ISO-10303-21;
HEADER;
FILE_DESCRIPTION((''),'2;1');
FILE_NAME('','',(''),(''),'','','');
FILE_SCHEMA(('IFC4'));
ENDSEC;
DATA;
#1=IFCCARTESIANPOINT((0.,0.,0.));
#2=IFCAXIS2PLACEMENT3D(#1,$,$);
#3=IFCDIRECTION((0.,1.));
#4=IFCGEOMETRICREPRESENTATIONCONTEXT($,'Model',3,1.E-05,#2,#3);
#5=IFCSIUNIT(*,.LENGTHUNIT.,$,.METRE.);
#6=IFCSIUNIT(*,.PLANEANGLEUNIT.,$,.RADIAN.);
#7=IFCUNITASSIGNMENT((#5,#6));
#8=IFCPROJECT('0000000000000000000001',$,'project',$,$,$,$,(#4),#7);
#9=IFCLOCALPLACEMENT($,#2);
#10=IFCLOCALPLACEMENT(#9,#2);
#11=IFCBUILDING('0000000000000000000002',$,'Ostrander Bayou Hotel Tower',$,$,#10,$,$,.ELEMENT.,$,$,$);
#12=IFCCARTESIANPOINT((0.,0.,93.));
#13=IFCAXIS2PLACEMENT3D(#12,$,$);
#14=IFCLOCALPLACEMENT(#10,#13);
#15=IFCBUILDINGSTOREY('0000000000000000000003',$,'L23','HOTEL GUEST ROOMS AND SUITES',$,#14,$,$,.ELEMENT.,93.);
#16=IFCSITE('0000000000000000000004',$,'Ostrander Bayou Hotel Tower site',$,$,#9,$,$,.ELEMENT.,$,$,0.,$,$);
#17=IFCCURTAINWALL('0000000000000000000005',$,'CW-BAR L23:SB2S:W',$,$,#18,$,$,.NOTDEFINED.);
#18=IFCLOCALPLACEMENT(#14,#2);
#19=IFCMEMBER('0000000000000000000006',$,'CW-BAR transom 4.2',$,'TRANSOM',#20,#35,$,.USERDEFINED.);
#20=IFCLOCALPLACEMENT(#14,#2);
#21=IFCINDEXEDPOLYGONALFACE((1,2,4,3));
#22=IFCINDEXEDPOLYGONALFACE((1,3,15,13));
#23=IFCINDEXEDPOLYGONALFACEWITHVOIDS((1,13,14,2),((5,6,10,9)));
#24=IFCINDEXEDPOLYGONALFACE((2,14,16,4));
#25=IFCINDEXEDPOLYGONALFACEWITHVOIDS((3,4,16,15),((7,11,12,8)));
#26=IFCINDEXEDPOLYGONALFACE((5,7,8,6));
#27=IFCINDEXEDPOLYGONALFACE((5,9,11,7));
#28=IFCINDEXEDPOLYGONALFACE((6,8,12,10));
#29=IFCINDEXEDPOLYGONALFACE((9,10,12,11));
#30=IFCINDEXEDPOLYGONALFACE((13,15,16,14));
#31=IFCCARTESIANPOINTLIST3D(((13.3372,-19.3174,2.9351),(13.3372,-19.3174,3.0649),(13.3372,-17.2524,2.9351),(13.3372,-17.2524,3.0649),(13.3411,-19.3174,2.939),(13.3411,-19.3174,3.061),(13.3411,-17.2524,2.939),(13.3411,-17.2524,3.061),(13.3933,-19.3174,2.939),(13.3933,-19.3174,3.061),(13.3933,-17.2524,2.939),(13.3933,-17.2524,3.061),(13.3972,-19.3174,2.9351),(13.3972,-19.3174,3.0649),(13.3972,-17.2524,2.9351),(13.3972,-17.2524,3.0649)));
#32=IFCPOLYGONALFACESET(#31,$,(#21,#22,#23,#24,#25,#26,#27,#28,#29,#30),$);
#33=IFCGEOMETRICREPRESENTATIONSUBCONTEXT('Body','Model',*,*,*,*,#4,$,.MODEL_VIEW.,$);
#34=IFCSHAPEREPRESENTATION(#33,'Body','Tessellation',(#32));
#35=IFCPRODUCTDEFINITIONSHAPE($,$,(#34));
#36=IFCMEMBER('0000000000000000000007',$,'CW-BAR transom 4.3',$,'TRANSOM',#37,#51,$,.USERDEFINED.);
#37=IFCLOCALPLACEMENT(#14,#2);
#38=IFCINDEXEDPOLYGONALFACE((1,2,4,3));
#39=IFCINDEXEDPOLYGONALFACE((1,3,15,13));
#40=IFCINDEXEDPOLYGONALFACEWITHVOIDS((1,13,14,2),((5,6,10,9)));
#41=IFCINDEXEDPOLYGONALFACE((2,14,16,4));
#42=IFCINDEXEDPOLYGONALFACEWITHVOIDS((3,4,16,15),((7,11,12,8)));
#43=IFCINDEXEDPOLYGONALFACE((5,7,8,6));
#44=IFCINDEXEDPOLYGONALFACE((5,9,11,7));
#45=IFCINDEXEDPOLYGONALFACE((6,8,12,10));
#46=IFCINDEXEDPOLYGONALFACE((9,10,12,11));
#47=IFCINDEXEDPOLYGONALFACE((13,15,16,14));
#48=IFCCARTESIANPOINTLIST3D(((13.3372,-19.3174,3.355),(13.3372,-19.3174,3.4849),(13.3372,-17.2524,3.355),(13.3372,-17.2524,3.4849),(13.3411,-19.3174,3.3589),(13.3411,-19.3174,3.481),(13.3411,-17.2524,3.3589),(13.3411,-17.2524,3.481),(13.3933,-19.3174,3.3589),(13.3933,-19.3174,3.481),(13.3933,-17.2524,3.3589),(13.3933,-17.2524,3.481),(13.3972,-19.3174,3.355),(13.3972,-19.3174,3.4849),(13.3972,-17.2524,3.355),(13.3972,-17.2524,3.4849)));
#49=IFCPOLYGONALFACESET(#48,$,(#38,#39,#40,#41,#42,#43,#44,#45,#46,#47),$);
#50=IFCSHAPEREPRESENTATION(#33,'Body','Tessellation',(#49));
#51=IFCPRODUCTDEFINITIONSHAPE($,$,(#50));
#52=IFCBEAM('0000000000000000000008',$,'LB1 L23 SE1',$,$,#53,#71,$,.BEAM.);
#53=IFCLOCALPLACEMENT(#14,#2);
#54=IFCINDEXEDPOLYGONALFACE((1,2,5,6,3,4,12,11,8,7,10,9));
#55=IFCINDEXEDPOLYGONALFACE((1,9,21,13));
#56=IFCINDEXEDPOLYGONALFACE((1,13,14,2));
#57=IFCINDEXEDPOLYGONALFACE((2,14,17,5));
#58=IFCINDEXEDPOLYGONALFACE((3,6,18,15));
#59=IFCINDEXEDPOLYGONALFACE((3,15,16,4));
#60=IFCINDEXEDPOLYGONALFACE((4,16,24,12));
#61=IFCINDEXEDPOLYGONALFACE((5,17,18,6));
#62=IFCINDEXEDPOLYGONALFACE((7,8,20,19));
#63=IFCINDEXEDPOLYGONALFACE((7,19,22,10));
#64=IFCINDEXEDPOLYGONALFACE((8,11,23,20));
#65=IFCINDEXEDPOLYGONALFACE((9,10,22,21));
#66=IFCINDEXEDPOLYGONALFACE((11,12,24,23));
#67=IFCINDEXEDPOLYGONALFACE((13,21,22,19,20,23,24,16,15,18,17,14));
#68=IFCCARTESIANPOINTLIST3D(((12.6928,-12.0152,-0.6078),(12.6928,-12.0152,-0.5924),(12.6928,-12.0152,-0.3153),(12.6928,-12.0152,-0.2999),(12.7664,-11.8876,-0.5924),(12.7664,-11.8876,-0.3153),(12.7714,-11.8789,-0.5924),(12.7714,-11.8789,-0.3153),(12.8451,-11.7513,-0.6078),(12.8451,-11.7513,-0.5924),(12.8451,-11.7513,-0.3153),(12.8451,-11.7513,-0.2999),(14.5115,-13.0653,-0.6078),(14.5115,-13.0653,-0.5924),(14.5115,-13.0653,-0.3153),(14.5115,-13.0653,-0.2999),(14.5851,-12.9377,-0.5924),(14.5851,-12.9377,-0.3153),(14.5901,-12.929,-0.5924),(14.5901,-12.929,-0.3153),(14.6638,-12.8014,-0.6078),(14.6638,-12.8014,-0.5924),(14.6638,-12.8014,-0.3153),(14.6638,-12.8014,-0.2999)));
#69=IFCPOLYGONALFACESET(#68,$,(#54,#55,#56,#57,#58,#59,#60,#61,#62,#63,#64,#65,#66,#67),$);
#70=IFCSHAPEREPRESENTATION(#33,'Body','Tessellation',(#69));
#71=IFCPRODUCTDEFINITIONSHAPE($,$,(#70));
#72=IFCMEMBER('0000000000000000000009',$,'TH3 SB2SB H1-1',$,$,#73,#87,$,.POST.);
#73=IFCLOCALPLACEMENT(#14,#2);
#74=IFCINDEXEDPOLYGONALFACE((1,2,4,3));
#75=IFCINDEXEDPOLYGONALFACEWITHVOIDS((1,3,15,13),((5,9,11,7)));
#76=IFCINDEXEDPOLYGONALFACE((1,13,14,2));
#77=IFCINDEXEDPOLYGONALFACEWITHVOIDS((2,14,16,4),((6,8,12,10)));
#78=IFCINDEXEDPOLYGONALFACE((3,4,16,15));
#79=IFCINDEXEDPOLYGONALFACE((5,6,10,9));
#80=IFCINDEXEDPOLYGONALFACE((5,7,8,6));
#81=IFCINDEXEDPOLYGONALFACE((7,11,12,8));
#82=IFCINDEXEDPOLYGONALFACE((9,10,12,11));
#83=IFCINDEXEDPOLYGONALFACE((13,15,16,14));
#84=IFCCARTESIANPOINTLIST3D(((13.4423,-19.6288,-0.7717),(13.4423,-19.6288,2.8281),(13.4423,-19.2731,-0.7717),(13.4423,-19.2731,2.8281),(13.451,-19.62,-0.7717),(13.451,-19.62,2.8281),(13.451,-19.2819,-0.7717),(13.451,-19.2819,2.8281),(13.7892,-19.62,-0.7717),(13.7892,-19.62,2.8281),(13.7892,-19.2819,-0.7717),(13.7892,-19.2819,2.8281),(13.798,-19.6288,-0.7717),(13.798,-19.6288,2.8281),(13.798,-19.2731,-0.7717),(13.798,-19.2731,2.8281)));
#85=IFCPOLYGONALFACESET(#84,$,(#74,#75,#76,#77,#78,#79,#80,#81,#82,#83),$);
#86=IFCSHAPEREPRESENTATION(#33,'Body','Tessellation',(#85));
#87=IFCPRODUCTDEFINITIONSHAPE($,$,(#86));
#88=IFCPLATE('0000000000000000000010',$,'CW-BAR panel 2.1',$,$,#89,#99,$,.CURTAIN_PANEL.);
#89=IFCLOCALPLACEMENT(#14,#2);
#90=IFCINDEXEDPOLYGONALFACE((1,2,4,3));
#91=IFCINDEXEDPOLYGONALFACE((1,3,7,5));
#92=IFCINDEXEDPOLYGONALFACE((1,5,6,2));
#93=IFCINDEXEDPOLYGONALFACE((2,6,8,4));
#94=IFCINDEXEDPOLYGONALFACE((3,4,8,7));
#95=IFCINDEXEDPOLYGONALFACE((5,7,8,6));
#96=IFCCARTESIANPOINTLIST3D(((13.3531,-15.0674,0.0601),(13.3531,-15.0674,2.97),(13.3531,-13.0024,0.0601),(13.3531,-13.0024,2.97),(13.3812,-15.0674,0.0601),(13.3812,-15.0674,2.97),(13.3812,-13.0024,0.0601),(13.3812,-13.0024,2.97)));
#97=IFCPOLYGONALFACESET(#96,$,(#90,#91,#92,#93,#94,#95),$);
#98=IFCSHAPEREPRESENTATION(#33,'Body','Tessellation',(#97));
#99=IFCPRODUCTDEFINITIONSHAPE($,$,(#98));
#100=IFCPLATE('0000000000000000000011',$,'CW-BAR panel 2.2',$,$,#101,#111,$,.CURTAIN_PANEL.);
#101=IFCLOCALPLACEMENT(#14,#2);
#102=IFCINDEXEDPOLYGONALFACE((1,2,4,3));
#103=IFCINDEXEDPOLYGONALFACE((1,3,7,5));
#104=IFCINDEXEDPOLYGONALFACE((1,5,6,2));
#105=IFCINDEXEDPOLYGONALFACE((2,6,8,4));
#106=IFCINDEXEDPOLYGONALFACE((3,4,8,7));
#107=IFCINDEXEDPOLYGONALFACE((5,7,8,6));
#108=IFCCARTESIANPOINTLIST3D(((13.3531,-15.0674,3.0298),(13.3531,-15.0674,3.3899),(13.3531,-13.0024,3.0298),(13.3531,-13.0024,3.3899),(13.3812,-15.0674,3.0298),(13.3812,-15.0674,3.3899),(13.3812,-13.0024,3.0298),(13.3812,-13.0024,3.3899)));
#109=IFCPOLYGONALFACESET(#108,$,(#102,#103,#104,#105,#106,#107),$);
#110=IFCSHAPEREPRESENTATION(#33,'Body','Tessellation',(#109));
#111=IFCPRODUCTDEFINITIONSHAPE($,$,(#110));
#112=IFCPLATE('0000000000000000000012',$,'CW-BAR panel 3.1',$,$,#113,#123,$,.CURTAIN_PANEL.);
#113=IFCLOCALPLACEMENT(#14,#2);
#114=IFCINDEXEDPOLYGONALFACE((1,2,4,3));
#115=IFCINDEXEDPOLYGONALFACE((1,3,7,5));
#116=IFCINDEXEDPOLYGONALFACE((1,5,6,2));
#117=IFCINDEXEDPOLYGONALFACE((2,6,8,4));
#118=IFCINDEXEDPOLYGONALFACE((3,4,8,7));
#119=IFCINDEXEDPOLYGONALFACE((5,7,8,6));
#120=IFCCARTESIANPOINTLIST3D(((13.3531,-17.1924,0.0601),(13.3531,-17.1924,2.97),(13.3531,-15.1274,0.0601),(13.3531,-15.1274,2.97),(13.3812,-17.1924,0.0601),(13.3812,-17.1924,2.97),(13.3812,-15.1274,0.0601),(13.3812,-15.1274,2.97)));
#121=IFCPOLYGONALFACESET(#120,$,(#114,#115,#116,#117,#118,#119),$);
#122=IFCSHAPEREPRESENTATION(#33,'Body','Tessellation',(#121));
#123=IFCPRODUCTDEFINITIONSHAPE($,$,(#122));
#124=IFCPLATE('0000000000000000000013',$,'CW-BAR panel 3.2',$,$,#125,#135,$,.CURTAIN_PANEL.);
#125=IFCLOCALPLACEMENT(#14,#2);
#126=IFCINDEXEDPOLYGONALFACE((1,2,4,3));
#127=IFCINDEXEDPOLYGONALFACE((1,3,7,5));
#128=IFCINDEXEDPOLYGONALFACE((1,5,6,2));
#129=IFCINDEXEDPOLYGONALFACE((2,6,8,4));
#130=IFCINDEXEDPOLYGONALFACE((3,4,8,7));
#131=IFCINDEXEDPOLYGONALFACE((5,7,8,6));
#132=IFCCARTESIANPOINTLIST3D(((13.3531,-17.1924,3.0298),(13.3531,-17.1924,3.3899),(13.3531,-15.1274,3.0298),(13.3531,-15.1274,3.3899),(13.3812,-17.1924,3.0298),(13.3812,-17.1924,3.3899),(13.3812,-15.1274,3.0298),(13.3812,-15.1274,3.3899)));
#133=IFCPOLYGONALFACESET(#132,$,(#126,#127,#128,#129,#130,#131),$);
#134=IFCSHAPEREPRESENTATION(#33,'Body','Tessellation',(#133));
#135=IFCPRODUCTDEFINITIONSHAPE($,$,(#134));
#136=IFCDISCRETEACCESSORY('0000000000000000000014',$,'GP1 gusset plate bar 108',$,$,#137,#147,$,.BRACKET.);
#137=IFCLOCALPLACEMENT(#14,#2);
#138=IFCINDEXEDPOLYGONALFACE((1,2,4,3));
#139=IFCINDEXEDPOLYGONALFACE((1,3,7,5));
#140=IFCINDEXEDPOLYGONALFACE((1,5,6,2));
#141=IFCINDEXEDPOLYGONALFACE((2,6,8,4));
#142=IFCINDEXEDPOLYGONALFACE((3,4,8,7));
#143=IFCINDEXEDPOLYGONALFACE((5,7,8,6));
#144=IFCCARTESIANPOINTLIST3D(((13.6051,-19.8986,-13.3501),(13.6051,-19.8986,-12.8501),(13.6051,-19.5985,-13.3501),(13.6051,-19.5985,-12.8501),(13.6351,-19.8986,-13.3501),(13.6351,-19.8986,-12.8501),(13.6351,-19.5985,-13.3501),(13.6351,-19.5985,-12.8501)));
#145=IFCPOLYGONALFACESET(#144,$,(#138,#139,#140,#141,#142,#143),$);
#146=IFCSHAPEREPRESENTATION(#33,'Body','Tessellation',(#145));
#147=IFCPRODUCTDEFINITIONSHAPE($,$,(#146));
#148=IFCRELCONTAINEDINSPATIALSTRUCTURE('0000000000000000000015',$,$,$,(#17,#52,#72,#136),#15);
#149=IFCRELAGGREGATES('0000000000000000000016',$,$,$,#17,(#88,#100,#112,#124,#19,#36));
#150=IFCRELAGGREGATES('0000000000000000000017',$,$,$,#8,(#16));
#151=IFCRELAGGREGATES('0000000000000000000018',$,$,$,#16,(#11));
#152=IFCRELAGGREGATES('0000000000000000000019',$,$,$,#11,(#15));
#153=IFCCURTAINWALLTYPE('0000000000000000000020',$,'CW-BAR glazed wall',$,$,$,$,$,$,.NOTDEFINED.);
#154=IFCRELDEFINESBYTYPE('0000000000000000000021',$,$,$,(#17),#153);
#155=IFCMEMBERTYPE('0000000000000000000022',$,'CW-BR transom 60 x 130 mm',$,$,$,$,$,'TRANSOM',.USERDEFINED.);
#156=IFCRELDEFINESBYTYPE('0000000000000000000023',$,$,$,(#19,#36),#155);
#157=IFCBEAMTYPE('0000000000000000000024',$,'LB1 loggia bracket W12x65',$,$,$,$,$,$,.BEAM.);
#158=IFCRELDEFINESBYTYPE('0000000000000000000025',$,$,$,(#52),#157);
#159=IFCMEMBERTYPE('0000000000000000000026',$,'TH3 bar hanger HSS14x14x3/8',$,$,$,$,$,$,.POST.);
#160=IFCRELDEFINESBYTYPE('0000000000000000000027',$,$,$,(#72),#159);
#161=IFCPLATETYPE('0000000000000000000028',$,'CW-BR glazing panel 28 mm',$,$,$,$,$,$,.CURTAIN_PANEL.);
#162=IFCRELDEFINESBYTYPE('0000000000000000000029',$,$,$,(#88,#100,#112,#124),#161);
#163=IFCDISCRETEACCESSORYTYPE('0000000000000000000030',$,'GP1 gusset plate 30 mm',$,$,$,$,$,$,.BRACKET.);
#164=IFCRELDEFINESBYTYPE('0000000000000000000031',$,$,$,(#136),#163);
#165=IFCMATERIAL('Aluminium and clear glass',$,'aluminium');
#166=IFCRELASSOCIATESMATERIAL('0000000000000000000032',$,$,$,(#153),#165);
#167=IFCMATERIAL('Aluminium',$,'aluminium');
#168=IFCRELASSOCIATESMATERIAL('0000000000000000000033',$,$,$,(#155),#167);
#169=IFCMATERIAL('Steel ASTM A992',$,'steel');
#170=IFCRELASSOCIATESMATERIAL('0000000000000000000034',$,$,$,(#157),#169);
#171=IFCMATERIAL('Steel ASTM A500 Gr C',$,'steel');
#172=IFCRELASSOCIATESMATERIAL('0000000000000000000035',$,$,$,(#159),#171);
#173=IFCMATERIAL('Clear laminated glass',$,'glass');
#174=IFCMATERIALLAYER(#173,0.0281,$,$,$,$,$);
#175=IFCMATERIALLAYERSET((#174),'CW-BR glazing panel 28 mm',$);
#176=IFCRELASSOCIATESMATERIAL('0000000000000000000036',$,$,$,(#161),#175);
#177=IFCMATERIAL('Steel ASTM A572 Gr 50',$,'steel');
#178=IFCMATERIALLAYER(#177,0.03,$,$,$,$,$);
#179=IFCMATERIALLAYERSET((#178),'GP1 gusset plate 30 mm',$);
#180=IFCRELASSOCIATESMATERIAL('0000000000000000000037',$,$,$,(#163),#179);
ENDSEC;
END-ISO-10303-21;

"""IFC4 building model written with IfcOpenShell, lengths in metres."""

from ifc_helpers import new_model, si_unit, direction, frame, origin, origin_2d, place, context, subcontext, project, spatial, rectangle, hollow_rectangle, i_section, extrude, material, layer, layer_set, material_profile, profile_set, type_object, element, aggregate, save


model = new_model("IFC4")

# Units and contexts
model_context = context("Model", 3, precision=1e-05, world=origin(), true_north=direction((0.0, 1.0)))
body_context = subcontext(model_context, "Body", "Model", "MODEL_VIEW")
ifc_project = project(units=[si_unit("LENGTHUNIT", "METRE"), si_unit("PLANEANGLEUNIT", "RADIAN")], contexts=[model_context])

# Site, building, storey
site_placement = place(None, origin())
site = spatial("IfcSite", under=ifc_project, at=site_placement, Name="Ostrander Bayou Hotel Tower site", CompositionType="ELEMENT", RefElevation=0.0)
building_placement = place(site_placement, origin())
building = spatial("IfcBuilding", under=site, at=building_placement, Name="Ostrander Bayou Hotel Tower", CompositionType="ELEMENT")
storey_placement = place(building_placement, frame((0.0, 0.0, 93.0)))
storey = spatial("IfcBuildingStorey", under=building, at=storey_placement, Name="L23", Description="HOTEL GUEST ROOMS AND SUITES", CompositionType="ELEMENT", Elevation=93.0)

# Curtain wall, members
ifc_material_1 = material(Name="Aluminium and clear glass", Category="aluminium")
curtain_wall_type = type_object("IfcCurtainWallType", Name="CW-BAR glazed wall", PredefinedType="NOTDEFINED", material=ifc_material_1)
curtain_wall_placement = place(storey_placement, origin())
curtain_wall = element("IfcCurtainWall", 1, at=curtain_wall_placement, inside=storey, type_object=curtain_wall_type, Name="CW-BAR L23:SB2S:W", PredefinedType="NOTDEFINED")
ifc_material_2 = material(Name="Aluminium", Category="aluminium")
ifc_material_profile_1 = material_profile(ifc_material_2, hollow_rectangle(XDim=0.0601, YDim=0.1299, WallThickness=0.0039, at=origin_2d()))
ifc_profile_set_1 = profile_set([ifc_material_profile_1], Name="Aluminium")
member_type_1 = type_object("IfcMemberType", Name="CW-BR transom 60 x 130 mm", ElementType="TRANSOM", PredefinedType="USERDEFINED", material=ifc_profile_set_1)
member_1_placement = place(storey_placement, frame((13.3672, -17.2524, 3.0), z_axis=(0.0, -1.0, 0.0), x_axis=(1.0, 0.0, 0.0)))
member_1 = element("IfcMember", 2, at=member_1_placement, type_object=member_type_1, Name="CW-BAR transom 4.2", ObjectType="TRANSOM", PredefinedType="USERDEFINED", context=body_context, shape_type="SweptSolid", body=[
    extrude(hollow_rectangle(XDim=0.0601, YDim=0.1299, WallThickness=0.0039, at=origin_2d()), origin(), (0.0, 0.0, 1.0), 2.0649),
])
member_2_placement = place(storey_placement, frame((13.3672, -17.2524, 3.4199), z_axis=(0.0, -1.0, 0.0), x_axis=(1.0, 0.0, 0.0)))
member_2 = element("IfcMember", 3, at=member_2_placement, type_object=member_type_1, Name="CW-BAR transom 4.3", ObjectType="TRANSOM", PredefinedType="USERDEFINED", context=body_context, shape_type="SweptSolid", body=[
    extrude(hollow_rectangle(XDim=0.0601, YDim=0.1299, WallThickness=0.0039, at=origin_2d()), origin(), (0.0, 0.0, 1.0), 2.0649),
])

# Beam
ifc_material_3 = material(Name="Steel ASTM A992", Category="steel")
ifc_material_profile_2 = material_profile(ifc_material_3, i_section(OverallWidth=0.3047, OverallDepth=0.3079, WebThickness=0.01, FlangeThickness=0.0154, at=origin_2d()))
ifc_profile_set_2 = profile_set([ifc_material_profile_2], Name="Steel ASTM A992")
beam_type = type_object("IfcBeamType", Name="LB1 loggia bracket W12x65", PredefinedType="BEAM", material=ifc_profile_set_2)
beam_placement = place(storey_placement, frame((14.5876, -12.9333, -0.4539), z_axis=(-0.866009, 0.500028, 0.0), x_axis=(-0.500028, -0.866009, 0.0)))
element("IfcBeam", 4, at=beam_placement, inside=storey, type_object=beam_type, Name="LB1 L23 SE1", PredefinedType="BEAM", context=body_context, shape_type="SweptSolid", body=[
    extrude(i_section(OverallWidth=0.3047, OverallDepth=0.3079, WebThickness=0.01, FlangeThickness=0.0154, at=origin_2d()), origin(), (0.0, 0.0, 1.0), 2.1001),
])

# Member
ifc_material_4 = material(Name="Steel ASTM A500 Gr C", Category="steel")
ifc_material_profile_3 = material_profile(ifc_material_4, hollow_rectangle(XDim=0.3557, YDim=0.3557, WallThickness=0.0088, at=origin_2d()))
ifc_profile_set_3 = profile_set([ifc_material_profile_3], Name="Steel ASTM A500 Gr C")
member_type_2 = type_object("IfcMemberType", Name="TH3 bar hanger HSS14x14x3/8", PredefinedType="POST", material=ifc_profile_set_3)
member_3_placement = place(storey_placement, frame((13.6201, -19.4509, -0.7717), z_axis=(0.0, 0.0, 1.0), x_axis=(1.0, 0.0, 0.0)))
element("IfcMember", 5, at=member_3_placement, inside=storey, type_object=member_type_2, Name="TH3 SB2SB H1-1", PredefinedType="POST", context=body_context, shape_type="SweptSolid", body=[
    extrude(hollow_rectangle(XDim=0.3557, YDim=0.3557, WallThickness=0.0088, at=origin_2d()), origin(), (0.0, 0.0, 1.0), 3.5999),
])

# Plates
ifc_material_5 = material(Name="Clear laminated glass", Category="glass")
ifc_layer_1 = layer(ifc_material_5, 0.0281)
ifc_layer_set_1 = layer_set([ifc_layer_1], Name="CW-BR glazing panel 28 mm")
plate_type = type_object("IfcPlateType", Name="CW-BR glazing panel 28 mm", PredefinedType="CURTAIN_PANEL", material=ifc_layer_set_1)
plate_1_placement = place(storey_placement, frame((13.3672, -14.0349, 0.0601), z_axis=(0.0, 0.0, 1.0), x_axis=(0.0, -1.0, 0.0)))
plate_1 = element("IfcPlate", 6, at=plate_1_placement, type_object=plate_type, Name="CW-BAR panel 2.1", PredefinedType="CURTAIN_PANEL", context=body_context, shape_type="SweptSolid", body=[
    extrude(rectangle(XDim=2.0649, YDim=0.0281, at=origin_2d()), origin(), (0.0, 0.0, 1.0), 2.9099),
])
plate_2_placement = place(storey_placement, frame((13.3672, -14.0349, 3.0298), z_axis=(0.0, 0.0, 1.0), x_axis=(0.0, -1.0, 0.0)))
plate_2 = element("IfcPlate", 7, at=plate_2_placement, type_object=plate_type, Name="CW-BAR panel 2.2", PredefinedType="CURTAIN_PANEL", context=body_context, shape_type="SweptSolid", body=[
    extrude(rectangle(XDim=2.0649, YDim=0.0281, at=origin_2d()), origin(), (0.0, 0.0, 1.0), 0.3601),
])
plate_3_placement = place(storey_placement, frame((13.3672, -16.1599, 0.0601), z_axis=(0.0, 0.0, 1.0), x_axis=(0.0, -1.0, 0.0)))
plate_3 = element("IfcPlate", 8, at=plate_3_placement, type_object=plate_type, Name="CW-BAR panel 3.1", PredefinedType="CURTAIN_PANEL", context=body_context, shape_type="SweptSolid", body=[
    extrude(rectangle(XDim=2.0649, YDim=0.0281, at=origin_2d()), origin(), (0.0, 0.0, 1.0), 2.9099),
])
plate_4_placement = place(storey_placement, frame((13.3672, -16.1599, 3.0298), z_axis=(0.0, 0.0, 1.0), x_axis=(0.0, -1.0, 0.0)))
plate_4 = element("IfcPlate", 9, at=plate_4_placement, type_object=plate_type, Name="CW-BAR panel 3.2", PredefinedType="CURTAIN_PANEL", context=body_context, shape_type="SweptSolid", body=[
    extrude(rectangle(XDim=2.0649, YDim=0.0281, at=origin_2d()), origin(), (0.0, 0.0, 1.0), 0.3601),
])
aggregate(curtain_wall, [plate_1, plate_2, plate_3, plate_4, member_1, member_2])

# Discrete accessory
ifc_material_6 = material(Name="Steel ASTM A572 Gr 50", Category="steel")
ifc_layer_2 = layer(ifc_material_6, 0.03)
ifc_layer_set_2 = layer_set([ifc_layer_2], Name="GP1 gusset plate 30 mm")
discrete_accessory_type = type_object("IfcDiscreteAccessoryType", Name="GP1 gusset plate 30 mm", PredefinedType="BRACKET", material=ifc_layer_set_2)
discrete_accessory_placement = place(storey_placement, frame((13.6201, -19.7485, -13.3501), z_axis=(0.0, 0.0, 1.0), x_axis=(0.0, 1.0, 0.0)))
element("IfcDiscreteAccessory", 10, at=discrete_accessory_placement, inside=storey, type_object=discrete_accessory_type, Name="GP1 gusset plate bar 108", PredefinedType="BRACKET", context=body_context, shape_type="SweptSolid", body=[
    extrude(rectangle(XDim=0.3, YDim=0.03, at=origin_2d()), origin(), (0.0, 0.0, 1.0), 0.5),
])

save(model, "model.ifc")
